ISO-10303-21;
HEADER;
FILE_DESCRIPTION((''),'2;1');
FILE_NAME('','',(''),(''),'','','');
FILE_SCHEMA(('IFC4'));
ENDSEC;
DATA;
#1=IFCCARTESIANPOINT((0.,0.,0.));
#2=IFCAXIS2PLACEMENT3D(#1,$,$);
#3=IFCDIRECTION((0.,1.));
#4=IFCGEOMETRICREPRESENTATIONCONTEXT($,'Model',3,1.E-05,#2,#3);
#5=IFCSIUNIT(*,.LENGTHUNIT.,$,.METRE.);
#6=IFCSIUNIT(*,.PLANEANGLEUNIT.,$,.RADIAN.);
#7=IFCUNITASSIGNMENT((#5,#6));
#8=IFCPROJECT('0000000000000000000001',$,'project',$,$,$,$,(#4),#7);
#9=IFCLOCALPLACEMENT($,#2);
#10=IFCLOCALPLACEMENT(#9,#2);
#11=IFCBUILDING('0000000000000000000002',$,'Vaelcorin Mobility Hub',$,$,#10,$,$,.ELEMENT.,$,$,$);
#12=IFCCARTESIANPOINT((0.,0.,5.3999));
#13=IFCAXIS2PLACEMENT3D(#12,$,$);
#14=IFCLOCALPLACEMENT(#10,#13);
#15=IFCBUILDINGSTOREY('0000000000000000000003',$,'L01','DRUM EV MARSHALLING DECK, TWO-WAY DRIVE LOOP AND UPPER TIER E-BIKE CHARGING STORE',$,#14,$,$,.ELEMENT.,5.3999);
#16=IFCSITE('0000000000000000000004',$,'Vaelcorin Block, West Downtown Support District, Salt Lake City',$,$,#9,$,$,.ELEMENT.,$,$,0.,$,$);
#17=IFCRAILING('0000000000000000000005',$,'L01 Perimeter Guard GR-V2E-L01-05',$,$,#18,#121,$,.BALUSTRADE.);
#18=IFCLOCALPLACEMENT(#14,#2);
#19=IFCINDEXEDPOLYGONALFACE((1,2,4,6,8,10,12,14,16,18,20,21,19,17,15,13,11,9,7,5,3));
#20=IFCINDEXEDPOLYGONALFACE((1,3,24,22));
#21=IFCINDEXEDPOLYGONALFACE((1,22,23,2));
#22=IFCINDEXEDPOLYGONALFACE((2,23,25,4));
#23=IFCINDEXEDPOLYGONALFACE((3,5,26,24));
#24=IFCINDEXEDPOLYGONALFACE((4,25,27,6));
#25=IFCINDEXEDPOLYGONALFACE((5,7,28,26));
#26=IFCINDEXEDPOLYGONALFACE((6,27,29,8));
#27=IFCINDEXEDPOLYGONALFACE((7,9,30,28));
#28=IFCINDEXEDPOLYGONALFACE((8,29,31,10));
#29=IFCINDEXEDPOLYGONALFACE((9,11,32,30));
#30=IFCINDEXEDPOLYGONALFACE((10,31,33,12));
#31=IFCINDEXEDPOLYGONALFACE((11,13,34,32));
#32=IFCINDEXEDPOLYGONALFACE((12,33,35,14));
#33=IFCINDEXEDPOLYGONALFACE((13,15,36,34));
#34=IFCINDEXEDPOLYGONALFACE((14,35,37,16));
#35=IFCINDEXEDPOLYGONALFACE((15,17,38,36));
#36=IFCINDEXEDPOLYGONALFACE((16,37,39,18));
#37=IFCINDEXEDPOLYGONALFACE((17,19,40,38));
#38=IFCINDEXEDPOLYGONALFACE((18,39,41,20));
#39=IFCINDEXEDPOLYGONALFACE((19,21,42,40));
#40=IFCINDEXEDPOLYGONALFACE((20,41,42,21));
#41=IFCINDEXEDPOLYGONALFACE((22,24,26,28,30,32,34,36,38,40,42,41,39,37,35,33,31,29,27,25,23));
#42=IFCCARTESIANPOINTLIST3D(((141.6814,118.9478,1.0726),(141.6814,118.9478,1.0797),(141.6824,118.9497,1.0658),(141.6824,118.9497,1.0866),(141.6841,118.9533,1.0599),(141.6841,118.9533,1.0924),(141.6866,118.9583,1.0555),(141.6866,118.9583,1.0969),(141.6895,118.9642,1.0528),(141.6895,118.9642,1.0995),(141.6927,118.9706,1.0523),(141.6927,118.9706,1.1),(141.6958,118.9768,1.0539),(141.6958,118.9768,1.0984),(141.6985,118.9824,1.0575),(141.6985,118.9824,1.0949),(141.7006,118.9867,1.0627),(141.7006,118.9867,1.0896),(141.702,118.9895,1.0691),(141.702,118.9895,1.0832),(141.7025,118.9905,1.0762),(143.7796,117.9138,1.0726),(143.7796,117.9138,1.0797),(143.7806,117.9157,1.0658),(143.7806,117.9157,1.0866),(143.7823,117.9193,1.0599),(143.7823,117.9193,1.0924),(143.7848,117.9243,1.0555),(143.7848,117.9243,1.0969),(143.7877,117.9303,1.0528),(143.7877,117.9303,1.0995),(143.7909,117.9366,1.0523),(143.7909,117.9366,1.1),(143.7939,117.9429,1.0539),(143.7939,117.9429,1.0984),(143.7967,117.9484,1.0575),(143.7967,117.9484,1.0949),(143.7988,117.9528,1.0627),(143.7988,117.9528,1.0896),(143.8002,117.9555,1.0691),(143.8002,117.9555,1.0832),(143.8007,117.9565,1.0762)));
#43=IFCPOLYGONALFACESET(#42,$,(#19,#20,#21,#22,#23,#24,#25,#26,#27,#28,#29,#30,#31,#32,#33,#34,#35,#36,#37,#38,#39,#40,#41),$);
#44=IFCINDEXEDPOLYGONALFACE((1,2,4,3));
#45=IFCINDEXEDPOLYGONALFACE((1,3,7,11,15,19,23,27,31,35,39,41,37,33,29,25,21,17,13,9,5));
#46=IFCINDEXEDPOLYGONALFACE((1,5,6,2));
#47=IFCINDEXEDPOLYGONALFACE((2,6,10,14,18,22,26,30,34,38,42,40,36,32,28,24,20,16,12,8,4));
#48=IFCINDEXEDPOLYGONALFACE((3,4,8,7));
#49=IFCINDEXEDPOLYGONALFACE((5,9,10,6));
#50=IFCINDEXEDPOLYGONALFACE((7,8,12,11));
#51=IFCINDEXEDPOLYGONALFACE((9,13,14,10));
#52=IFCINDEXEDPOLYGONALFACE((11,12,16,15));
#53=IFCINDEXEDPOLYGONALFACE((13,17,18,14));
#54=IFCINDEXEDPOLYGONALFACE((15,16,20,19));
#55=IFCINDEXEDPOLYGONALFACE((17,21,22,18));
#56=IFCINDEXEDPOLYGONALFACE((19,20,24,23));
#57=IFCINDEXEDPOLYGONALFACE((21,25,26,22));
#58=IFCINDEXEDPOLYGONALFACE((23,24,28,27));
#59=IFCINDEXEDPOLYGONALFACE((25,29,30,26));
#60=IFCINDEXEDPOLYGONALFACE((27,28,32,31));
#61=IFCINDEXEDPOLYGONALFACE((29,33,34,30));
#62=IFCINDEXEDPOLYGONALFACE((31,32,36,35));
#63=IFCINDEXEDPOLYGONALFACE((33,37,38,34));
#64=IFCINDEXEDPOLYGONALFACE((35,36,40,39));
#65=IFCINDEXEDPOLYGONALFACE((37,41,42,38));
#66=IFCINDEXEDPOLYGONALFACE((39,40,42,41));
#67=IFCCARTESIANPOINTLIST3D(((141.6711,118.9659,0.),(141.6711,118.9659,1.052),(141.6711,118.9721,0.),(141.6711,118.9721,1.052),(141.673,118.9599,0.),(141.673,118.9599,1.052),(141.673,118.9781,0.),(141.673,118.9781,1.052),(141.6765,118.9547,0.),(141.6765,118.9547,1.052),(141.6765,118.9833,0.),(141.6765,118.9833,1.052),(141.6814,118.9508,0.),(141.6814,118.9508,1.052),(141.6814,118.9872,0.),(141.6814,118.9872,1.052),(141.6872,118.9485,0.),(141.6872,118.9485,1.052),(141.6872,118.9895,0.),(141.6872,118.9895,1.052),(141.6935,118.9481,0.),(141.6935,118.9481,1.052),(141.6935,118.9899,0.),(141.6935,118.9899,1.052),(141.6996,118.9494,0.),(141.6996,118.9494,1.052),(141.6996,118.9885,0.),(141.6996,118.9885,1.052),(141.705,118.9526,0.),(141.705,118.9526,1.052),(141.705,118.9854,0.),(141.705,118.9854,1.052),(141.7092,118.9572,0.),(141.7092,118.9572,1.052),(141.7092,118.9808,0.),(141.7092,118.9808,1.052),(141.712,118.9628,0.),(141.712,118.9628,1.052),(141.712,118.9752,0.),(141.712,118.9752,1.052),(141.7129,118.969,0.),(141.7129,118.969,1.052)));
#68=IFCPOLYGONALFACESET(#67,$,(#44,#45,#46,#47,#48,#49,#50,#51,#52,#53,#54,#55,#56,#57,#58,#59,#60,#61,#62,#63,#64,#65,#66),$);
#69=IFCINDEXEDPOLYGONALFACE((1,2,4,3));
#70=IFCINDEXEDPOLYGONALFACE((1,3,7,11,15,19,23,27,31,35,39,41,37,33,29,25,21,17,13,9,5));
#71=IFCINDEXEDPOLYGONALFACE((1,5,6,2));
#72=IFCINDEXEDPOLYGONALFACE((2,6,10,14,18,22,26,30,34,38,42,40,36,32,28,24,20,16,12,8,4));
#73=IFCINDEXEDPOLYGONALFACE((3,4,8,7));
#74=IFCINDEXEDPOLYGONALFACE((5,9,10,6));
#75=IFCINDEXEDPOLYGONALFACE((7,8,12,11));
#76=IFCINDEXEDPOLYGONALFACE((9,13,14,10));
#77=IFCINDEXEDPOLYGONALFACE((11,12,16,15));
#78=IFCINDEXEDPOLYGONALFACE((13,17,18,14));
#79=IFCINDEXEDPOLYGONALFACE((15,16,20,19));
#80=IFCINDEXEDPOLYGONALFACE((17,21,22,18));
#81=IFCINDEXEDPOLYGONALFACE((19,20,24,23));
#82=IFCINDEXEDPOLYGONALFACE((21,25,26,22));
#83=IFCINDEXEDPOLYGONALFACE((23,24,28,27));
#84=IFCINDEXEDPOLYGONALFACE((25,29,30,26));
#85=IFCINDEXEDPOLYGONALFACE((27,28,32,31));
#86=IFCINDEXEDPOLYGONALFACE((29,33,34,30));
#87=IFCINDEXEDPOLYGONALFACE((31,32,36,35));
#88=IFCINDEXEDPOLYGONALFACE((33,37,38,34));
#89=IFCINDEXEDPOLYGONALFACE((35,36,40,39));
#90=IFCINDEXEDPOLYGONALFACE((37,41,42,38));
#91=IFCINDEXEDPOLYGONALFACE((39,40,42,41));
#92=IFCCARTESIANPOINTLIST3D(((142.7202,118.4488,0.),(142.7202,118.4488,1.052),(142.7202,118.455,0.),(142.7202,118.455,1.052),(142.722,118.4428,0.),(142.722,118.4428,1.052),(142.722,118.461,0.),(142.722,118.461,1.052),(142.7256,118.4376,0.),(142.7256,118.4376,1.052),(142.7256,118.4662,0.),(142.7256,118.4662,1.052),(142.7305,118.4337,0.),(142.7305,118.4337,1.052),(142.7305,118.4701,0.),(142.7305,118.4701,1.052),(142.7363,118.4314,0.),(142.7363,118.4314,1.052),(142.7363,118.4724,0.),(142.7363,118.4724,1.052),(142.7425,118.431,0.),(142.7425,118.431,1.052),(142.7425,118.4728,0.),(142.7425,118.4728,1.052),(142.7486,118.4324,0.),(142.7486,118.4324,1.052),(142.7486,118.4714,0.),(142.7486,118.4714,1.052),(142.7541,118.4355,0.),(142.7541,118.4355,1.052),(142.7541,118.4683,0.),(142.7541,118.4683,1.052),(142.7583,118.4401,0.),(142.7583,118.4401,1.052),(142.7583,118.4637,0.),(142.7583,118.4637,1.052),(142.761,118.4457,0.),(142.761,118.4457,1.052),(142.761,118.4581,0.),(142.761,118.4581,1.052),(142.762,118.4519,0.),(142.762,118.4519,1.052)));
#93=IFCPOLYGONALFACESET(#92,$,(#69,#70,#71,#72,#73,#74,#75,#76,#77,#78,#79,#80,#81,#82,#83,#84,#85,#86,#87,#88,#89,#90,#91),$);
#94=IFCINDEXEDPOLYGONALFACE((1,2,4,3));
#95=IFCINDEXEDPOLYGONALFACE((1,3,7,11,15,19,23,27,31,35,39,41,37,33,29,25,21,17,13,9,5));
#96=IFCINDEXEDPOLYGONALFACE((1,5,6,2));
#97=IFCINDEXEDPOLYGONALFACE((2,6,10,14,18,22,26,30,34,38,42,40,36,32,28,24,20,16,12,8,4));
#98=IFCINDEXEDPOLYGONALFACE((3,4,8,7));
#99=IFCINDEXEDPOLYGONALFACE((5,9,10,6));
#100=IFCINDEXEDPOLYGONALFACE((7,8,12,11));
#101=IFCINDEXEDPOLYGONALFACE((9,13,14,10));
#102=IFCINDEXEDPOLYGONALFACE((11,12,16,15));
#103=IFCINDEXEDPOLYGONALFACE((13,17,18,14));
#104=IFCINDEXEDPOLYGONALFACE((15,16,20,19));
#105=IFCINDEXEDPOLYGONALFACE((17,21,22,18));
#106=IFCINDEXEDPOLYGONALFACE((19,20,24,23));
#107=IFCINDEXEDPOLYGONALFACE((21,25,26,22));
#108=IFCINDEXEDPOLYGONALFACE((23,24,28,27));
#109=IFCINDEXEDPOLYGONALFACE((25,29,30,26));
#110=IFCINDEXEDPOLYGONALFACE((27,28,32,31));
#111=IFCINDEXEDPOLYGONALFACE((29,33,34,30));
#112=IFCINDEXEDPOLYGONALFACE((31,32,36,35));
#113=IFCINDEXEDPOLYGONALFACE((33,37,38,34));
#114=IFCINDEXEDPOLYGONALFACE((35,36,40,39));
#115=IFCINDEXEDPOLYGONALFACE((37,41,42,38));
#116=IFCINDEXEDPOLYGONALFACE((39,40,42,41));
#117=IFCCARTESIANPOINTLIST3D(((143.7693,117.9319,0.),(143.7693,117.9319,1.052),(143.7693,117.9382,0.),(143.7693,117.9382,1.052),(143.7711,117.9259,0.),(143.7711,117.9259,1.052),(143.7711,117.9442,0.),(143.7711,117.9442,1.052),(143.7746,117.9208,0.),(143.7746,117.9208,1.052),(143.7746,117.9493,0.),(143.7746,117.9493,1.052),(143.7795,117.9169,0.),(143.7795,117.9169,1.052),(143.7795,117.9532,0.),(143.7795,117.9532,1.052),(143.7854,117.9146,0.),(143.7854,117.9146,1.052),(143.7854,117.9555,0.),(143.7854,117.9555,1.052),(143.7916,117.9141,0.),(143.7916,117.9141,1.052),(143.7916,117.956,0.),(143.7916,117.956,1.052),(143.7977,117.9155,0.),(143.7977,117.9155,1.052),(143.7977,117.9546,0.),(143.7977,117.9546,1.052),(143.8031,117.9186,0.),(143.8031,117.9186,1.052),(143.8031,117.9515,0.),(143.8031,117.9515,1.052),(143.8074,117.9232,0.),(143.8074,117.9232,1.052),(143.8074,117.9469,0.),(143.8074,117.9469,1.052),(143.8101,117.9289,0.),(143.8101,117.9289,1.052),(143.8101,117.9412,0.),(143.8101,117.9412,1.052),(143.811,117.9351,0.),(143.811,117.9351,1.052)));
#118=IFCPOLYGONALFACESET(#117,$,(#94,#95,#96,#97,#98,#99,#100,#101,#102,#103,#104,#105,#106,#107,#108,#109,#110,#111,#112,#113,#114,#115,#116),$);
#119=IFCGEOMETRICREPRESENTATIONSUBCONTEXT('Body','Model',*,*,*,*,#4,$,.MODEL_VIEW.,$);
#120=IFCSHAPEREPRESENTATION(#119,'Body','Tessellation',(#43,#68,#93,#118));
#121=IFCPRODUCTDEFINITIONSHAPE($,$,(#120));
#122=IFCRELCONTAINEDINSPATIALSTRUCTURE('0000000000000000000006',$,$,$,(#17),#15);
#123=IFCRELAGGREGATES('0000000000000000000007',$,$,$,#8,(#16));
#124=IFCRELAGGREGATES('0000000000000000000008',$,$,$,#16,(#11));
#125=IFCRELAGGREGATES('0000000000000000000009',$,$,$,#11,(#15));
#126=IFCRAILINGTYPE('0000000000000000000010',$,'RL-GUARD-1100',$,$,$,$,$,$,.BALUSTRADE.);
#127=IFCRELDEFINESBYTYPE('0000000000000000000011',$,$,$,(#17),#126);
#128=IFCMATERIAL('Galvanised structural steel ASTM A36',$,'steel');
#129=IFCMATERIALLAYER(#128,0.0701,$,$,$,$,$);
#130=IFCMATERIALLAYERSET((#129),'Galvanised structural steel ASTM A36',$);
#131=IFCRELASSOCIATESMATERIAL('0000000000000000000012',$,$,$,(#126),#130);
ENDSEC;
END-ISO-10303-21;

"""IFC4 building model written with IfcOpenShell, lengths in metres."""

from ifc_helpers import new_model, si_unit, direction, frame, origin, origin_2d, place, context, subcontext, project, spatial, circle, extrude, material, layer, layer_set, type_object, element, save


model = new_model("IFC4")

# Units and contexts
model_context = context("Model", 3, precision=1e-05, world=origin(), true_north=direction((0.0, 1.0)))
body_context = subcontext(model_context, "Body", "Model", "MODEL_VIEW")
ifc_project = project(units=[si_unit("LENGTHUNIT", "METRE"), si_unit("PLANEANGLEUNIT", "RADIAN")], contexts=[model_context])

# Site, building, storey
site_placement = place(None, origin())
site = spatial("IfcSite", under=ifc_project, at=site_placement, Name="Vaelcorin Block, West Downtown Support District, Salt Lake City", CompositionType="ELEMENT", RefElevation=0.0)
building_placement = place(site_placement, origin())
building = spatial("IfcBuilding", under=site, at=building_placement, Name="Vaelcorin Mobility Hub", CompositionType="ELEMENT")
storey_placement = place(building_placement, frame((0.0, 0.0, 5.3999)))
storey = spatial("IfcBuildingStorey", under=building, at=storey_placement, Name="L01", Description="DRUM EV MARSHALLING DECK, TWO-WAY DRIVE LOOP AND UPPER TIER E-BIKE CHARGING STORE", CompositionType="ELEMENT", Elevation=5.3999)

# Railing
ifc_material_1 = material(Name="Galvanised structural steel ASTM A36", Category="steel")
ifc_layer_1 = layer(ifc_material_1, 0.0701)
ifc_layer_set_1 = layer_set([ifc_layer_1], Name="Galvanised structural steel ASTM A36")
railing_type = type_object("IfcRailingType", Name="RL-GUARD-1100", PredefinedType="BALUSTRADE", material=ifc_layer_set_1)
railing_1_placement = place(storey_placement, frame((141.6919, 118.969, 0.0)))
element("IfcRailing", 1, at=railing_1_placement, inside=storey, type_object=railing_type, Name="L01 Perimeter Guard GR-V2E-L01-05", PredefinedType="BALUSTRADE", context=body_context, shape_type="SweptSolid", body=[
    extrude(circle(Radius=0.0239, at=origin_2d()), frame((0.0, 0.0, 1.0762), z_axis=(0.897001, -0.442029, 0.0), x_axis=(0.442029, 0.897001, 0.0)), (0.0, 0.0, 1.0), 2.3391),
    extrude(circle(Radius=0.021, at=origin_2d()), origin(), (0.0, 0.0, 1.0), 1.052),
    extrude(circle(Radius=0.021, at=origin_2d()), frame((1.0491, -0.5171, 0.0)), (0.0, 0.0, 1.0), 1.052),
    extrude(circle(Radius=0.021, at=origin_2d()), frame((2.0981, -1.0339, 0.0)), (0.0, 0.0, 1.0), 1.052),
])

save(model, "model.ifc")
